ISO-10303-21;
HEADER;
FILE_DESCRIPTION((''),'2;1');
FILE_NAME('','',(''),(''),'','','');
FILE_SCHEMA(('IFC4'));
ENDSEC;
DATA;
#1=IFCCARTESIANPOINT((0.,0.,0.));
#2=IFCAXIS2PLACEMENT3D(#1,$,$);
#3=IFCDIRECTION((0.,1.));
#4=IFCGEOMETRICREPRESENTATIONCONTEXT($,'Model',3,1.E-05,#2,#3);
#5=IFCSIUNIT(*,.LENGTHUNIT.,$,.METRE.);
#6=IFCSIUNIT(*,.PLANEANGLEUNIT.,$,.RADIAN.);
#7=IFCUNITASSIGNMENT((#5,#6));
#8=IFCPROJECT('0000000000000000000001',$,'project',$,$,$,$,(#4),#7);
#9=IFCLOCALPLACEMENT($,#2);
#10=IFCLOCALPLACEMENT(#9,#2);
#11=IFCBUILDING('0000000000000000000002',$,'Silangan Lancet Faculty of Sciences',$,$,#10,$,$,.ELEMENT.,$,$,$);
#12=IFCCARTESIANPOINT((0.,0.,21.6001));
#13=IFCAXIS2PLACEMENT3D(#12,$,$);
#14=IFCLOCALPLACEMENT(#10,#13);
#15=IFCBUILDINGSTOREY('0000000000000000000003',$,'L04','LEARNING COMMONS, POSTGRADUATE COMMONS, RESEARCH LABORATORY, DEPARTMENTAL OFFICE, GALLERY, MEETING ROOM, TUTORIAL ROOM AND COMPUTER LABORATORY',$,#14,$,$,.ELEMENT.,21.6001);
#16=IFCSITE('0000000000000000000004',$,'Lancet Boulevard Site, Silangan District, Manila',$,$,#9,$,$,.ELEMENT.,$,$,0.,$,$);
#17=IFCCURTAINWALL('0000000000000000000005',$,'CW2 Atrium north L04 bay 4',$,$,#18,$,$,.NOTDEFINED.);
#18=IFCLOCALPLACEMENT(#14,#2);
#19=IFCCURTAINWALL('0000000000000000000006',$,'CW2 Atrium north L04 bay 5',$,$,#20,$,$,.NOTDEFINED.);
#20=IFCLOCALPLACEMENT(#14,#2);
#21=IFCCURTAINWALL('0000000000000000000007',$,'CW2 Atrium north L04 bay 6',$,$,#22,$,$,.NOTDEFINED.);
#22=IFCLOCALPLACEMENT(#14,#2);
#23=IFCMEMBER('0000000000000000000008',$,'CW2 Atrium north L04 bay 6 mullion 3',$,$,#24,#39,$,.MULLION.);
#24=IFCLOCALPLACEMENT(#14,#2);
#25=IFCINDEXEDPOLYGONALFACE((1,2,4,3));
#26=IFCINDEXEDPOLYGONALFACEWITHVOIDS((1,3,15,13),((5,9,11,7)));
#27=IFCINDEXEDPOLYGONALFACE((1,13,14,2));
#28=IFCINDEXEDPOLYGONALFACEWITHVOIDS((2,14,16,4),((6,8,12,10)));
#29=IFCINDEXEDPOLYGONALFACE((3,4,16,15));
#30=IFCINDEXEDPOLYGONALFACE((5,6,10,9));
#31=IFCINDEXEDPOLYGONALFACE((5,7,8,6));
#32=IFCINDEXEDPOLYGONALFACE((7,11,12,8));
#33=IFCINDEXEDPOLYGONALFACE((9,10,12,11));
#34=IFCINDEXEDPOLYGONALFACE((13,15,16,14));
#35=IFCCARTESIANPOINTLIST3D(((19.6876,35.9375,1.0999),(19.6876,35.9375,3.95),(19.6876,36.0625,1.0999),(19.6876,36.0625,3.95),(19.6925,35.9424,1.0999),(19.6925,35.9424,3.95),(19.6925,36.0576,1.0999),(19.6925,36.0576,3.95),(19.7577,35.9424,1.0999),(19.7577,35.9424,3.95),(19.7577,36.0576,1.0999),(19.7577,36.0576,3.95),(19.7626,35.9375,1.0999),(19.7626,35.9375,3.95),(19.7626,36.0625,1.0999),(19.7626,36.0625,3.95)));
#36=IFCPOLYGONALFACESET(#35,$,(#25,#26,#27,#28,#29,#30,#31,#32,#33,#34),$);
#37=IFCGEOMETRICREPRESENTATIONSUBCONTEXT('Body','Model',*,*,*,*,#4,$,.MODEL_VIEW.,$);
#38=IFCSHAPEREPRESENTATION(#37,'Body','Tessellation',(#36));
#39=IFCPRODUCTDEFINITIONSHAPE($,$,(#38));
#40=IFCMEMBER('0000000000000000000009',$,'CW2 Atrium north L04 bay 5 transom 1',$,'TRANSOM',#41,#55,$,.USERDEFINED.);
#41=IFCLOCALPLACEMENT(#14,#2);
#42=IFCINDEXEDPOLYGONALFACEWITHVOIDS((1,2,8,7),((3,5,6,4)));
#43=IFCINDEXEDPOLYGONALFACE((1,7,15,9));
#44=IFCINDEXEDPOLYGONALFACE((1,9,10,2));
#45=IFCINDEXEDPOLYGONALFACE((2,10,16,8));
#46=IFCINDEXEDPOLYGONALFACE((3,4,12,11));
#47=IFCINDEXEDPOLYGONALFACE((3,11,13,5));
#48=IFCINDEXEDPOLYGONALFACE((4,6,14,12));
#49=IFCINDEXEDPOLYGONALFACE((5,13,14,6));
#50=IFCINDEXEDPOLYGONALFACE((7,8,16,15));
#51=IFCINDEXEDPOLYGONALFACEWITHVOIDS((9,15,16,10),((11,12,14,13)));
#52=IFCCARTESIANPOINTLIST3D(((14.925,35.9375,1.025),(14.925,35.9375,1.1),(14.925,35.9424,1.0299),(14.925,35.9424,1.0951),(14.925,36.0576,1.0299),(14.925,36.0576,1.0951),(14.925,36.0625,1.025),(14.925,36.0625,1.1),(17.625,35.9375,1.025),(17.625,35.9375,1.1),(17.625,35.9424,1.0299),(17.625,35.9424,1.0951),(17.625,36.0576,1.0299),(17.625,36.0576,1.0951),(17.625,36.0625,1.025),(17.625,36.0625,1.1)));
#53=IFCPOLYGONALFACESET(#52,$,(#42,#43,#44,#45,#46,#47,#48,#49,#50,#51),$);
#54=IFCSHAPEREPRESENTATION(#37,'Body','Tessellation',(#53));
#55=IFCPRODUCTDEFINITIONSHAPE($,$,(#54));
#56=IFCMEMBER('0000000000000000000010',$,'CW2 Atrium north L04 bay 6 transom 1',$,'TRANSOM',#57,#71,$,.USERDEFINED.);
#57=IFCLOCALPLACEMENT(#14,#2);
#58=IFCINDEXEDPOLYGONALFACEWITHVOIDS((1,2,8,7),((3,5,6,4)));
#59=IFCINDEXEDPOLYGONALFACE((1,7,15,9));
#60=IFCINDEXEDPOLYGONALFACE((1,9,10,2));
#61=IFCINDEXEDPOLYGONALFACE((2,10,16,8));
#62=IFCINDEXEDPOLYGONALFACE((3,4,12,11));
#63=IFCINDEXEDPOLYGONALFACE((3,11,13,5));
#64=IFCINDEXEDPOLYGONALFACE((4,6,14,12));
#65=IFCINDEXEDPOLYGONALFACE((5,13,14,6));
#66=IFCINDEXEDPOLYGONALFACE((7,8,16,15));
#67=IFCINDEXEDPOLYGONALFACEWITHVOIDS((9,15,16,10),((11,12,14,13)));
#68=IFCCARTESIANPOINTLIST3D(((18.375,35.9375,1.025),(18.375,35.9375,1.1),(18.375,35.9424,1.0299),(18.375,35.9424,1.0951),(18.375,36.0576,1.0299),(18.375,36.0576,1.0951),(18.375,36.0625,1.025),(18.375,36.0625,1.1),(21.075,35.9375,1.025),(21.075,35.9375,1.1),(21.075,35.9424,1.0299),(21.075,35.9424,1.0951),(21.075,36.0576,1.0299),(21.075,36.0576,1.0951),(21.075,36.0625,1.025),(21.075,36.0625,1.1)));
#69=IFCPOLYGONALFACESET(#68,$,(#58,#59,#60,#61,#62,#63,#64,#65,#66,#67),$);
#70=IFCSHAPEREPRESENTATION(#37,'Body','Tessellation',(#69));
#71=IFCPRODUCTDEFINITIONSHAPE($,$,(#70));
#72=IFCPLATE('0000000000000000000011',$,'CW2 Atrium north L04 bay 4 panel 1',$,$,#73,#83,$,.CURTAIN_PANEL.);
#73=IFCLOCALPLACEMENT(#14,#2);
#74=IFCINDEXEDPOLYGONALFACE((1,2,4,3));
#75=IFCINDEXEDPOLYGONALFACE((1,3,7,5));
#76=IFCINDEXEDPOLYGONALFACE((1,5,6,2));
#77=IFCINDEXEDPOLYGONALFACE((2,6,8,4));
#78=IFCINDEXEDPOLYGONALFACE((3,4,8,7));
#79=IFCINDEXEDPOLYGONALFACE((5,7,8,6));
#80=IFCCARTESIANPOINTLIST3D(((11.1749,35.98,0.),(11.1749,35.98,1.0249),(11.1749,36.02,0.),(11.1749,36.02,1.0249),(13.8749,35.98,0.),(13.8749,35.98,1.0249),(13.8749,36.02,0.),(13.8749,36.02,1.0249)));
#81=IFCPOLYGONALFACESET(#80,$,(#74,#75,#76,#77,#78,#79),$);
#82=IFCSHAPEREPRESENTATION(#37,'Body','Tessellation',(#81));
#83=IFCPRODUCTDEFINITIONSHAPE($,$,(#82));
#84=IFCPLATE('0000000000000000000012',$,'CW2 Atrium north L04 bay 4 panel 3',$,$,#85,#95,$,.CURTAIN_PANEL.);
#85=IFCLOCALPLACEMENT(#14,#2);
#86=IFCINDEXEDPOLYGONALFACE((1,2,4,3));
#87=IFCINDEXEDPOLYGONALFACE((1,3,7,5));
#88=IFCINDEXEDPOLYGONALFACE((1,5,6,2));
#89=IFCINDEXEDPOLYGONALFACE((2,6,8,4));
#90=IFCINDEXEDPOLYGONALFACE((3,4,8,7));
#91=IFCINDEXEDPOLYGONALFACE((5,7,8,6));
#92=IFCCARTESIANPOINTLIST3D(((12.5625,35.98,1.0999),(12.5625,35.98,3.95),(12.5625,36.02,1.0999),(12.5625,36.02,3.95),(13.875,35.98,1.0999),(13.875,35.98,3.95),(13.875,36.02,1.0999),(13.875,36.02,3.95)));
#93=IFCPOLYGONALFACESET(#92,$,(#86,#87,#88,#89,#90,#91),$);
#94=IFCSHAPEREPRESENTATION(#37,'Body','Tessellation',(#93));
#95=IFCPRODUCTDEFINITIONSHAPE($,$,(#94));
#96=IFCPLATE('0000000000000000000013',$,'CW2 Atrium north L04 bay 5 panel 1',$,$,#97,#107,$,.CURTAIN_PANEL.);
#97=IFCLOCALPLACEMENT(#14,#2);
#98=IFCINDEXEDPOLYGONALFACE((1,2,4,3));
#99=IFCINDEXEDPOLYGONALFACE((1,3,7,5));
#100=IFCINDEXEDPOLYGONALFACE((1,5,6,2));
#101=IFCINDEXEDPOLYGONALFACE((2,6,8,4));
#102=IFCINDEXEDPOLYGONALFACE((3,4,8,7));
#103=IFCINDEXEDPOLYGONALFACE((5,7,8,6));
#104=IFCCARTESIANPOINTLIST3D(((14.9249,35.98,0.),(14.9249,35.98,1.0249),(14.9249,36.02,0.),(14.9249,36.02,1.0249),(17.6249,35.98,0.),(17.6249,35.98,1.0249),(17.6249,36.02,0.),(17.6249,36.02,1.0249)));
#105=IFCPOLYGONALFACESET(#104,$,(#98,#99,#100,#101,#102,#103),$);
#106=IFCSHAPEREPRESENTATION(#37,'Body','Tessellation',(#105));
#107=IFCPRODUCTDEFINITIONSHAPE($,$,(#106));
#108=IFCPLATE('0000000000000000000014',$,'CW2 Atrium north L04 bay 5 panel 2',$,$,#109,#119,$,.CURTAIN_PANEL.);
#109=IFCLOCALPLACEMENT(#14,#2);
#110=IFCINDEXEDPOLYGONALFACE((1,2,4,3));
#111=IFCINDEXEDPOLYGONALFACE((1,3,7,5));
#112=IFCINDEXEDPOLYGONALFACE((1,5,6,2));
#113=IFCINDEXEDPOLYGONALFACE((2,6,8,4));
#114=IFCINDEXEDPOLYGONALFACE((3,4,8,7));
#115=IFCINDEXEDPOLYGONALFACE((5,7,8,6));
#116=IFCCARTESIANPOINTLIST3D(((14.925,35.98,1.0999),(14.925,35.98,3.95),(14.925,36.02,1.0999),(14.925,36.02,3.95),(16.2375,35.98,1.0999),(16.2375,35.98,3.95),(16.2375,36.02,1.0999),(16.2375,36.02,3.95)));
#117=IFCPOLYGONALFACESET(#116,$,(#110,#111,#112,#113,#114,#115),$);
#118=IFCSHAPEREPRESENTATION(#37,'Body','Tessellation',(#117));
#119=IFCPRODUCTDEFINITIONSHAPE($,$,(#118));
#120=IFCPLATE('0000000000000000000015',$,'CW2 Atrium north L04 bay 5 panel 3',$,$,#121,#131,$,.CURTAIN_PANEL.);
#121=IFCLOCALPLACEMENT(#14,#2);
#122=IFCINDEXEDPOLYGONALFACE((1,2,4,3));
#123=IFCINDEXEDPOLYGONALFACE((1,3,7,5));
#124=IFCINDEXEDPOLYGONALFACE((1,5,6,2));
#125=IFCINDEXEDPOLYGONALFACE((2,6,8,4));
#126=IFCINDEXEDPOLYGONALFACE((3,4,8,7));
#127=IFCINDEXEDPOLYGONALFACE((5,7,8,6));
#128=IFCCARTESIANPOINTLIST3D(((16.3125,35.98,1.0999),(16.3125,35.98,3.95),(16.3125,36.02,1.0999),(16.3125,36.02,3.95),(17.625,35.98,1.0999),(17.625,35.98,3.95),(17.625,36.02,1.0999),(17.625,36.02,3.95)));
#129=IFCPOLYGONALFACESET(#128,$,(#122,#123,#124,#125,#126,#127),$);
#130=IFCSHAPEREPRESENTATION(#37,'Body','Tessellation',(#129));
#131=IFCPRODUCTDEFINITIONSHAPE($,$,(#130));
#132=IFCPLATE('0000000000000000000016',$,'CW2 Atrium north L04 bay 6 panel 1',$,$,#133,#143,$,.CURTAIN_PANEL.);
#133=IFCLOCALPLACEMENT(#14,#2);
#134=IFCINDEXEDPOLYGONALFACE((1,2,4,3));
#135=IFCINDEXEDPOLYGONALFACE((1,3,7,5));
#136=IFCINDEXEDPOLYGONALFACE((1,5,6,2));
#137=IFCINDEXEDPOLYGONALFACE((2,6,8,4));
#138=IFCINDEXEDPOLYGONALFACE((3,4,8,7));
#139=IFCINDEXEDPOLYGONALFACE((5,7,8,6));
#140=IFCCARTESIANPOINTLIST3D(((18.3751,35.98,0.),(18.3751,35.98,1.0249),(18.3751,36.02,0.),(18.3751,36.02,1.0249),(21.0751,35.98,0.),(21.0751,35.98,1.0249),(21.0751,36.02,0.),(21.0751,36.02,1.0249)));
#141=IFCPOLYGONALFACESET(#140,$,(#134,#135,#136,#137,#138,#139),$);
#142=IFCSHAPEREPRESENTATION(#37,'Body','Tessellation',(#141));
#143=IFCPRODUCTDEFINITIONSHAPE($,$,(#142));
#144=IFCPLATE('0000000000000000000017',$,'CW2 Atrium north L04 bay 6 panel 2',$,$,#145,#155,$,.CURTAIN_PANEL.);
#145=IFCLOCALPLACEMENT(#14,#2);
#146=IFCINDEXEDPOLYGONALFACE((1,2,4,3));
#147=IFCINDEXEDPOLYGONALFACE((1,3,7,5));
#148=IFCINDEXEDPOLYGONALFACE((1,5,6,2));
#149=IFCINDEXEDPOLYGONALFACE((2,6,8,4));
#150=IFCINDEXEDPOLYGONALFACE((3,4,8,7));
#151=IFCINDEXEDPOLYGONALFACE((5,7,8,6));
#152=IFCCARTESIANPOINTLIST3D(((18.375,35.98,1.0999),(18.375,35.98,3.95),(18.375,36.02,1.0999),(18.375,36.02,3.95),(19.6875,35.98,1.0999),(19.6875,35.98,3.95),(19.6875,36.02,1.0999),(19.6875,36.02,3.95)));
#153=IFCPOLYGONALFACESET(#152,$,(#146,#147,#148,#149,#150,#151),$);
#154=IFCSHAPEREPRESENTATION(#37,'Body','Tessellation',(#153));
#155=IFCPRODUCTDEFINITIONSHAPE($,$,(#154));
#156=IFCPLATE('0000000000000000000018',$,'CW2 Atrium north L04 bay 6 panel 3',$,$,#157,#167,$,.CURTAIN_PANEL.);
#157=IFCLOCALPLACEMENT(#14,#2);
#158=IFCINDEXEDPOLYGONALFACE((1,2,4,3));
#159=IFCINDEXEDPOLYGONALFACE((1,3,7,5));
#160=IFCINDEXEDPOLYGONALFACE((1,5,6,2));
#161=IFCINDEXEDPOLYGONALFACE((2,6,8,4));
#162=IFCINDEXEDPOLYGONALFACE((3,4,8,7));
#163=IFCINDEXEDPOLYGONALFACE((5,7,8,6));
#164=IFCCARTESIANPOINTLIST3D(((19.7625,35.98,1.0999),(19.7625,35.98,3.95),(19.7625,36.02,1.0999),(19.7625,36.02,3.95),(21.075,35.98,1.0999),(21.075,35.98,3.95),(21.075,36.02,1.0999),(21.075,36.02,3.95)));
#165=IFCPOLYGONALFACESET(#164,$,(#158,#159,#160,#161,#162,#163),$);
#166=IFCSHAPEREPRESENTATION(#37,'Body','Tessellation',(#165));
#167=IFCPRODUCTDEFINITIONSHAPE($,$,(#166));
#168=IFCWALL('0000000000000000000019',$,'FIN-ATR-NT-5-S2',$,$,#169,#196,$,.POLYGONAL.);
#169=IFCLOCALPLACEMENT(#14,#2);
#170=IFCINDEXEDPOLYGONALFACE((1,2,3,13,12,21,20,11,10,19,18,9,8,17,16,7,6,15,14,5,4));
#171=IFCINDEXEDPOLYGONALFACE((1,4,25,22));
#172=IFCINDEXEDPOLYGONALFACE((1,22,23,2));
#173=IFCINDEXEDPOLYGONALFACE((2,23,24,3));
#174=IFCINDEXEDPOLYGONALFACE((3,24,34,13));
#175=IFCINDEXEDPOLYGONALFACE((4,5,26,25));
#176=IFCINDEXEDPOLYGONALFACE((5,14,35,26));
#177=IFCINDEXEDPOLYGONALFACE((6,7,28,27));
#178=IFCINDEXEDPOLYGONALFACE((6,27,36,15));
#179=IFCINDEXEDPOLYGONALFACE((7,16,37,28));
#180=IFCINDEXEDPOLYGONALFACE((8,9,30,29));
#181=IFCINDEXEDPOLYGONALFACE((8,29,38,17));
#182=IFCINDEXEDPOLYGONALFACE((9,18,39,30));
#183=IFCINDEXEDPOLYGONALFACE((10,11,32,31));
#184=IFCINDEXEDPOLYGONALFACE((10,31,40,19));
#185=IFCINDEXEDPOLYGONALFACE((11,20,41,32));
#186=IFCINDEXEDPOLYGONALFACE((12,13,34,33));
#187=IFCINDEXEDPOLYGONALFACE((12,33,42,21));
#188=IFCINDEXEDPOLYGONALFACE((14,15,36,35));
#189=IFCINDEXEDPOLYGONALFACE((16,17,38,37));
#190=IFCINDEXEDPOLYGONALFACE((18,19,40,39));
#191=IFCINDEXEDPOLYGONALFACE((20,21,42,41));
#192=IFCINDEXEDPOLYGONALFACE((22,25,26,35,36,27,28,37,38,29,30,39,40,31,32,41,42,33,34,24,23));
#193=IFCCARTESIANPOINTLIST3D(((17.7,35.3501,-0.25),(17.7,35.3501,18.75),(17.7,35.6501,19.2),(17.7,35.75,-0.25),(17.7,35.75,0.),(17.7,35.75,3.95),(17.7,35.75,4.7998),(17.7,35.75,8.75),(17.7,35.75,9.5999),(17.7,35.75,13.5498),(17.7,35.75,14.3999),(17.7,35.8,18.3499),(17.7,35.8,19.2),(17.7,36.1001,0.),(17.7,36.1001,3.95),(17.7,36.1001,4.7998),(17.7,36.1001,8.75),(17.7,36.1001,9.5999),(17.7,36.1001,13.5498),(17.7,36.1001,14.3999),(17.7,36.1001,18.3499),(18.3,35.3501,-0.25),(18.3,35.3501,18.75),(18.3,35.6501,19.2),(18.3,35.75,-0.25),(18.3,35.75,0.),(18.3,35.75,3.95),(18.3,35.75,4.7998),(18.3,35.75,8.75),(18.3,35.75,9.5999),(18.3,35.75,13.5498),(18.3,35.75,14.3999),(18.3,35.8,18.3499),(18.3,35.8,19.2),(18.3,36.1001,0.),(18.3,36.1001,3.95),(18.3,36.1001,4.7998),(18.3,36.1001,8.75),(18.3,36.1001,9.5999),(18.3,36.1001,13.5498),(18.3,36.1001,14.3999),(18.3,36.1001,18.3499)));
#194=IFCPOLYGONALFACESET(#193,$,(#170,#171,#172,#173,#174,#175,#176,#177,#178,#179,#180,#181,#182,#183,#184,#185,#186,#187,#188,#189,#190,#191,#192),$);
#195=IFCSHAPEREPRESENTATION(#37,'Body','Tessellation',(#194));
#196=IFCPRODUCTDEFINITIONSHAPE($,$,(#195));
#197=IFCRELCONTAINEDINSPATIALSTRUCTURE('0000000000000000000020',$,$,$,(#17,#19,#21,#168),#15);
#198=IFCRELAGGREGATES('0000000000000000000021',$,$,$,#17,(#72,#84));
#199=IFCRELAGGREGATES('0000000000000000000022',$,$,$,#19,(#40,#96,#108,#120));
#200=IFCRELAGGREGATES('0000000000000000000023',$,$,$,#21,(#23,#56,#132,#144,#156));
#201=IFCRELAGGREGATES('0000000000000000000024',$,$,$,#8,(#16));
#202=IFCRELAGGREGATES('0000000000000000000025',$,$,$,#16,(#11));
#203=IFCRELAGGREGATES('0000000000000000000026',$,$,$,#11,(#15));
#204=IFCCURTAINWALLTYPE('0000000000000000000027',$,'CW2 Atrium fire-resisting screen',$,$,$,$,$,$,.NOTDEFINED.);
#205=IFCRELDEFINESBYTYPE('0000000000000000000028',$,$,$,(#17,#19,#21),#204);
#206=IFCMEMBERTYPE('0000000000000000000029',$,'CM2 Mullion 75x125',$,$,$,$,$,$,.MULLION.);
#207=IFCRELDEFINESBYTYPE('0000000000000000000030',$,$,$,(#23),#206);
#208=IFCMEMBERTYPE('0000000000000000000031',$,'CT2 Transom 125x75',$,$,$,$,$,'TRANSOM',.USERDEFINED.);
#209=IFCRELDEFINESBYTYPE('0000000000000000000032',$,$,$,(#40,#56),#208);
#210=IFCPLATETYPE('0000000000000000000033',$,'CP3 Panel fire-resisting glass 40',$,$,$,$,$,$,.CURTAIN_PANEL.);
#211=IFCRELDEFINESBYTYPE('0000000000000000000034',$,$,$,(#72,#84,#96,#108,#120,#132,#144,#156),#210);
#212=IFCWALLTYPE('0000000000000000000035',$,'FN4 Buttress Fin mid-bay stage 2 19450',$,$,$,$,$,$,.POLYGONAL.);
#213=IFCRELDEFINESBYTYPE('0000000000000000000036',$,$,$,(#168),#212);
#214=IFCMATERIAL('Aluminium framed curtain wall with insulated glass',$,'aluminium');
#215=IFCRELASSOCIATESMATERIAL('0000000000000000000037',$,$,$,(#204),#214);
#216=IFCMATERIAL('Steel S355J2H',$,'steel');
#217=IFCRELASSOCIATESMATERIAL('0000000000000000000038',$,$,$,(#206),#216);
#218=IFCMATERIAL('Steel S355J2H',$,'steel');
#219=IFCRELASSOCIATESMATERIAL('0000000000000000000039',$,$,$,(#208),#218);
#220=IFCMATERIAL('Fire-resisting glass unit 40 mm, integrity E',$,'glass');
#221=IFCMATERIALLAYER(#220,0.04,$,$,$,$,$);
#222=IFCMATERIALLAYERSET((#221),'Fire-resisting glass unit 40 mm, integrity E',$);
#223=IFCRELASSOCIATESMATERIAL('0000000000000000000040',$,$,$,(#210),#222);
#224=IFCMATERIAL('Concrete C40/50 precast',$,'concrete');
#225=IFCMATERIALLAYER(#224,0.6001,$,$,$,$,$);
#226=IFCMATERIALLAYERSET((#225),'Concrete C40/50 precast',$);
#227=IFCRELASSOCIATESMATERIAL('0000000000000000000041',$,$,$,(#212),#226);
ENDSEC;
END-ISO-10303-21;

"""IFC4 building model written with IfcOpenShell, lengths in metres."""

from ifc_helpers import new_model, si_unit, direction, frame, origin, origin_2d, place, context, subcontext, project, spatial, polyline, rectangle, hollow_rectangle, outline, extrude, material, layer, layer_set, material_profile, profile_set, type_object, element, aggregate, save


model = new_model("IFC4")

# Units and contexts
model_context = context("Model", 3, precision=1e-05, world=origin(), true_north=direction((0.0, 1.0)))
body_context = subcontext(model_context, "Body", "Model", "MODEL_VIEW")
ifc_project = project(units=[si_unit("LENGTHUNIT", "METRE"), si_unit("PLANEANGLEUNIT", "RADIAN")], contexts=[model_context])

# Site, building, storey
site_placement = place(None, origin())
site = spatial("IfcSite", under=ifc_project, at=site_placement, Name="Lancet Boulevard Site, Silangan District, Manila", CompositionType="ELEMENT", RefElevation=0.0)
building_placement = place(site_placement, origin())
building = spatial("IfcBuilding", under=site, at=building_placement, Name="Silangan Lancet Faculty of Sciences", CompositionType="ELEMENT")
storey_placement = place(building_placement, frame((0.0, 0.0, 21.6001)))
storey = spatial("IfcBuildingStorey", under=building, at=storey_placement, Name="L04", Description="LEARNING COMMONS, POSTGRADUATE COMMONS, RESEARCH LABORATORY, DEPARTMENTAL OFFICE, GALLERY, MEETING ROOM, TUTORIAL ROOM AND COMPUTER LABORATORY", CompositionType="ELEMENT", Elevation=21.6001)

# Curtain wall
ifc_material_1 = material(Name="Aluminium framed curtain wall with insulated glass", Category="aluminium")
curtain_wall_type = type_object("IfcCurtainWallType", Name="CW2 Atrium fire-resisting screen", PredefinedType="NOTDEFINED", material=ifc_material_1)
curtain_wall_1_placement = place(storey_placement, origin())
curtain_wall_1 = element("IfcCurtainWall", 1, at=curtain_wall_1_placement, inside=storey, type_object=curtain_wall_type, Name="CW2 Atrium north L04 bay 4", PredefinedType="NOTDEFINED")
ifc_material_2 = material(Name="Steel S355J2H", Category="steel")
ifc_material_profile_1 = material_profile(ifc_material_2, hollow_rectangle(XDim=0.075, YDim=0.125, WallThickness=0.0049, at=origin_2d()), Name="ST BOX 75x125x5")
ifc_profile_set_1 = profile_set([ifc_material_profile_1], Name="Steel S355J2H")
member_type_1 = type_object("IfcMemberType", Name="CM2 Mullion 75x125", PredefinedType="MULLION", material=ifc_profile_set_1)

# Curtain walls, member
curtain_wall_2_placement = place(storey_placement, origin())
curtain_wall_2 = element("IfcCurtainWall", 2, at=curtain_wall_2_placement, inside=storey, type_object=curtain_wall_type, Name="CW2 Atrium north L04 bay 5", PredefinedType="NOTDEFINED")
curtain_wall_3_placement = place(storey_placement, origin())
curtain_wall_3 = element("IfcCurtainWall", 3, at=curtain_wall_3_placement, inside=storey, type_object=curtain_wall_type, Name="CW2 Atrium north L04 bay 6", PredefinedType="NOTDEFINED")
member_1_placement = place(storey_placement, frame((19.7251, 36.0, 1.0999), z_axis=(0.0, 0.0, 1.0), x_axis=(1.0, 0.0, 0.0)))
member_1 = element("IfcMember", 4, at=member_1_placement, type_object=member_type_1, Name="CW2 Atrium north L04 bay 6 mullion 3", PredefinedType="MULLION", context=body_context, shape_type="SweptSolid", body=[
    extrude(hollow_rectangle(XDim=0.075, YDim=0.125, WallThickness=0.0049, at=origin_2d()), origin(), (0.0, 0.0, 1.0), 2.8501),
])

# Members
ifc_material_3 = material(Name="Steel S355J2H", Category="steel")
ifc_material_profile_2 = material_profile(ifc_material_3, hollow_rectangle(XDim=0.125, YDim=0.075, WallThickness=0.0049, at=origin_2d()), Name="ST BOX 125x75x5")
ifc_profile_set_2 = profile_set([ifc_material_profile_2], Name="Steel S355J2H")
member_type_2 = type_object("IfcMemberType", Name="CT2 Transom 125x75", ElementType="TRANSOM", PredefinedType="USERDEFINED", material=ifc_profile_set_2)
member_2_placement = place(storey_placement, frame((14.925, 36.0, 1.0625), z_axis=(1.0, 0.0, 0.0), x_axis=(0.0, 1.0, 0.0)))
member_2 = element("IfcMember", 5, at=member_2_placement, type_object=member_type_2, Name="CW2 Atrium north L04 bay 5 transom 1", ObjectType="TRANSOM", PredefinedType="USERDEFINED", context=body_context, shape_type="SweptSolid", body=[
    extrude(hollow_rectangle(XDim=0.125, YDim=0.075, WallThickness=0.0049, at=origin_2d()), origin(), (0.0, 0.0, 1.0), 2.7),
])
member_3_placement = place(storey_placement, frame((18.375, 36.0, 1.0625), z_axis=(1.0, 0.0, 0.0), x_axis=(0.0, 1.0, 0.0)))
member_3 = element("IfcMember", 6, at=member_3_placement, type_object=member_type_2, Name="CW2 Atrium north L04 bay 6 transom 1", ObjectType="TRANSOM", PredefinedType="USERDEFINED", context=body_context, shape_type="SweptSolid", body=[
    extrude(hollow_rectangle(XDim=0.125, YDim=0.075, WallThickness=0.0049, at=origin_2d()), origin(), (0.0, 0.0, 1.0), 2.7),
])

# Plates
ifc_material_4 = material(Name="Fire-resisting glass unit 40 mm, integrity E", Category="glass")
ifc_layer_1 = layer(ifc_material_4, 0.04)
ifc_layer_set_1 = layer_set([ifc_layer_1], Name="Fire-resisting glass unit 40 mm, integrity E")
plate_type = type_object("IfcPlateType", Name="CP3 Panel fire-resisting glass 40", PredefinedType="CURTAIN_PANEL", material=ifc_layer_set_1)
plate_1_placement = place(storey_placement, frame((12.5249, 36.0, 0.0), z_axis=(0.0, 0.0, 1.0), x_axis=(1.0, 0.0, 0.0)))
plate_1 = element("IfcPlate", 7, at=plate_1_placement, type_object=plate_type, Name="CW2 Atrium north L04 bay 4 panel 1", PredefinedType="CURTAIN_PANEL", context=body_context, shape_type="SweptSolid", body=[
    extrude(rectangle(XDim=2.7, YDim=0.04, at=origin_2d()), origin(), (0.0, 0.0, 1.0), 1.0249),
])
plate_2_placement = place(storey_placement, frame((13.2188, 36.0, 1.0999), z_axis=(0.0, 0.0, 1.0), x_axis=(1.0, 0.0, 0.0)))
plate_2 = element("IfcPlate", 8, at=plate_2_placement, type_object=plate_type, Name="CW2 Atrium north L04 bay 4 panel 3", PredefinedType="CURTAIN_PANEL", context=body_context, shape_type="SweptSolid", body=[
    extrude(rectangle(XDim=1.3125, YDim=0.04, at=origin_2d()), origin(), (0.0, 0.0, 1.0), 2.8501),
])
aggregate(curtain_wall_1, [plate_1, plate_2])
plate_3_placement = place(storey_placement, frame((16.2749, 36.0, 0.0), z_axis=(0.0, 0.0, 1.0), x_axis=(1.0, 0.0, 0.0)))
plate_3 = element("IfcPlate", 9, at=plate_3_placement, type_object=plate_type, Name="CW2 Atrium north L04 bay 5 panel 1", PredefinedType="CURTAIN_PANEL", context=body_context, shape_type="SweptSolid", body=[
    extrude(rectangle(XDim=2.7, YDim=0.04, at=origin_2d()), origin(), (0.0, 0.0, 1.0), 1.0249),
])
plate_4_placement = place(storey_placement, frame((15.5813, 36.0, 1.0999), z_axis=(0.0, 0.0, 1.0), x_axis=(1.0, 0.0, 0.0)))
plate_4 = element("IfcPlate", 10, at=plate_4_placement, type_object=plate_type, Name="CW2 Atrium north L04 bay 5 panel 2", PredefinedType="CURTAIN_PANEL", context=body_context, shape_type="SweptSolid", body=[
    extrude(rectangle(XDim=1.3125, YDim=0.04, at=origin_2d()), origin(), (0.0, 0.0, 1.0), 2.8501),
])
plate_5_placement = place(storey_placement, frame((16.9688, 36.0, 1.0999), z_axis=(0.0, 0.0, 1.0), x_axis=(1.0, 0.0, 0.0)))
plate_5 = element("IfcPlate", 11, at=plate_5_placement, type_object=plate_type, Name="CW2 Atrium north L04 bay 5 panel 3", PredefinedType="CURTAIN_PANEL", context=body_context, shape_type="SweptSolid", body=[
    extrude(rectangle(XDim=1.3125, YDim=0.04, at=origin_2d()), origin(), (0.0, 0.0, 1.0), 2.8501),
])
aggregate(curtain_wall_2, [member_2, plate_3, plate_4, plate_5])
plate_6_placement = place(storey_placement, frame((19.7251, 36.0, 0.0), z_axis=(0.0, 0.0, 1.0), x_axis=(1.0, 0.0, 0.0)))
plate_6 = element("IfcPlate", 12, at=plate_6_placement, type_object=plate_type, Name="CW2 Atrium north L04 bay 6 panel 1", PredefinedType="CURTAIN_PANEL", context=body_context, shape_type="SweptSolid", body=[
    extrude(rectangle(XDim=2.7, YDim=0.04, at=origin_2d()), origin(), (0.0, 0.0, 1.0), 1.0249),
])
plate_7_placement = place(storey_placement, frame((19.0312, 36.0, 1.0999), z_axis=(0.0, 0.0, 1.0), x_axis=(1.0, 0.0, 0.0)))
plate_7 = element("IfcPlate", 13, at=plate_7_placement, type_object=plate_type, Name="CW2 Atrium north L04 bay 6 panel 2", PredefinedType="CURTAIN_PANEL", context=body_context, shape_type="SweptSolid", body=[
    extrude(rectangle(XDim=1.3125, YDim=0.04, at=origin_2d()), origin(), (0.0, 0.0, 1.0), 2.8501),
])
plate_8_placement = place(storey_placement, frame((20.4187, 36.0, 1.0999), z_axis=(0.0, 0.0, 1.0), x_axis=(1.0, 0.0, 0.0)))
plate_8 = element("IfcPlate", 14, at=plate_8_placement, type_object=plate_type, Name="CW2 Atrium north L04 bay 6 panel 3", PredefinedType="CURTAIN_PANEL", context=body_context, shape_type="SweptSolid", body=[
    extrude(rectangle(XDim=1.3125, YDim=0.04, at=origin_2d()), origin(), (0.0, 0.0, 1.0), 2.8501),
])
aggregate(curtain_wall_3, [member_1, member_3, plate_6, plate_7, plate_8])

# Wall
ifc_material_5 = material(Name="Concrete C40/50 precast", Category="concrete")
ifc_layer_2 = layer(ifc_material_5, 0.6001)
ifc_layer_set_2 = layer_set([ifc_layer_2], Name="Concrete C40/50 precast")
wall_type = type_object("IfcWallType", Name="FN4 Buttress Fin mid-bay stage 2 19450", PredefinedType="POLYGONAL", material=ifc_layer_set_2)
wall_placement = place(storey_placement, frame((18.0, 36.1001, -0.25), z_axis=(0.0, 0.0, 1.0), x_axis=(0.0, -1.0, 0.0)))
element("IfcWall", 15, at=wall_placement, inside=storey, type_object=wall_type, Name="FIN-ATR-NT-5-S2", PredefinedType="POLYGONAL", context=body_context, shape_type="SweptSolid", body=[
    extrude(outline(polyline([(0.75, 0.0), (0.75, 19.0), (0.45, 19.45), (0.3, 19.45), (0.3, 18.5999), (0.0, 18.5999), (0.0, 14.6499), (0.3501, 14.6499), (0.3501, 13.7998), (0.0, 13.7998), (0.0, 9.8499), (0.3501, 9.8499), (0.3501, 9.0), (0.0, 9.0), (0.0, 5.0498), (0.3501, 5.0498), (0.3501, 4.2), (0.0, 4.2), (0.0, 0.25), (0.3501, 0.25), (0.3501, 0.0), (0.75, 0.0)])), frame((0.0, 0.3, 0.0), z_axis=(0.0, -1.0, 0.0), x_axis=(1.0, 0.0, 0.0)), (0.0, 0.0, 1.0), 0.6001),
])

save(model, "model.ifc")
